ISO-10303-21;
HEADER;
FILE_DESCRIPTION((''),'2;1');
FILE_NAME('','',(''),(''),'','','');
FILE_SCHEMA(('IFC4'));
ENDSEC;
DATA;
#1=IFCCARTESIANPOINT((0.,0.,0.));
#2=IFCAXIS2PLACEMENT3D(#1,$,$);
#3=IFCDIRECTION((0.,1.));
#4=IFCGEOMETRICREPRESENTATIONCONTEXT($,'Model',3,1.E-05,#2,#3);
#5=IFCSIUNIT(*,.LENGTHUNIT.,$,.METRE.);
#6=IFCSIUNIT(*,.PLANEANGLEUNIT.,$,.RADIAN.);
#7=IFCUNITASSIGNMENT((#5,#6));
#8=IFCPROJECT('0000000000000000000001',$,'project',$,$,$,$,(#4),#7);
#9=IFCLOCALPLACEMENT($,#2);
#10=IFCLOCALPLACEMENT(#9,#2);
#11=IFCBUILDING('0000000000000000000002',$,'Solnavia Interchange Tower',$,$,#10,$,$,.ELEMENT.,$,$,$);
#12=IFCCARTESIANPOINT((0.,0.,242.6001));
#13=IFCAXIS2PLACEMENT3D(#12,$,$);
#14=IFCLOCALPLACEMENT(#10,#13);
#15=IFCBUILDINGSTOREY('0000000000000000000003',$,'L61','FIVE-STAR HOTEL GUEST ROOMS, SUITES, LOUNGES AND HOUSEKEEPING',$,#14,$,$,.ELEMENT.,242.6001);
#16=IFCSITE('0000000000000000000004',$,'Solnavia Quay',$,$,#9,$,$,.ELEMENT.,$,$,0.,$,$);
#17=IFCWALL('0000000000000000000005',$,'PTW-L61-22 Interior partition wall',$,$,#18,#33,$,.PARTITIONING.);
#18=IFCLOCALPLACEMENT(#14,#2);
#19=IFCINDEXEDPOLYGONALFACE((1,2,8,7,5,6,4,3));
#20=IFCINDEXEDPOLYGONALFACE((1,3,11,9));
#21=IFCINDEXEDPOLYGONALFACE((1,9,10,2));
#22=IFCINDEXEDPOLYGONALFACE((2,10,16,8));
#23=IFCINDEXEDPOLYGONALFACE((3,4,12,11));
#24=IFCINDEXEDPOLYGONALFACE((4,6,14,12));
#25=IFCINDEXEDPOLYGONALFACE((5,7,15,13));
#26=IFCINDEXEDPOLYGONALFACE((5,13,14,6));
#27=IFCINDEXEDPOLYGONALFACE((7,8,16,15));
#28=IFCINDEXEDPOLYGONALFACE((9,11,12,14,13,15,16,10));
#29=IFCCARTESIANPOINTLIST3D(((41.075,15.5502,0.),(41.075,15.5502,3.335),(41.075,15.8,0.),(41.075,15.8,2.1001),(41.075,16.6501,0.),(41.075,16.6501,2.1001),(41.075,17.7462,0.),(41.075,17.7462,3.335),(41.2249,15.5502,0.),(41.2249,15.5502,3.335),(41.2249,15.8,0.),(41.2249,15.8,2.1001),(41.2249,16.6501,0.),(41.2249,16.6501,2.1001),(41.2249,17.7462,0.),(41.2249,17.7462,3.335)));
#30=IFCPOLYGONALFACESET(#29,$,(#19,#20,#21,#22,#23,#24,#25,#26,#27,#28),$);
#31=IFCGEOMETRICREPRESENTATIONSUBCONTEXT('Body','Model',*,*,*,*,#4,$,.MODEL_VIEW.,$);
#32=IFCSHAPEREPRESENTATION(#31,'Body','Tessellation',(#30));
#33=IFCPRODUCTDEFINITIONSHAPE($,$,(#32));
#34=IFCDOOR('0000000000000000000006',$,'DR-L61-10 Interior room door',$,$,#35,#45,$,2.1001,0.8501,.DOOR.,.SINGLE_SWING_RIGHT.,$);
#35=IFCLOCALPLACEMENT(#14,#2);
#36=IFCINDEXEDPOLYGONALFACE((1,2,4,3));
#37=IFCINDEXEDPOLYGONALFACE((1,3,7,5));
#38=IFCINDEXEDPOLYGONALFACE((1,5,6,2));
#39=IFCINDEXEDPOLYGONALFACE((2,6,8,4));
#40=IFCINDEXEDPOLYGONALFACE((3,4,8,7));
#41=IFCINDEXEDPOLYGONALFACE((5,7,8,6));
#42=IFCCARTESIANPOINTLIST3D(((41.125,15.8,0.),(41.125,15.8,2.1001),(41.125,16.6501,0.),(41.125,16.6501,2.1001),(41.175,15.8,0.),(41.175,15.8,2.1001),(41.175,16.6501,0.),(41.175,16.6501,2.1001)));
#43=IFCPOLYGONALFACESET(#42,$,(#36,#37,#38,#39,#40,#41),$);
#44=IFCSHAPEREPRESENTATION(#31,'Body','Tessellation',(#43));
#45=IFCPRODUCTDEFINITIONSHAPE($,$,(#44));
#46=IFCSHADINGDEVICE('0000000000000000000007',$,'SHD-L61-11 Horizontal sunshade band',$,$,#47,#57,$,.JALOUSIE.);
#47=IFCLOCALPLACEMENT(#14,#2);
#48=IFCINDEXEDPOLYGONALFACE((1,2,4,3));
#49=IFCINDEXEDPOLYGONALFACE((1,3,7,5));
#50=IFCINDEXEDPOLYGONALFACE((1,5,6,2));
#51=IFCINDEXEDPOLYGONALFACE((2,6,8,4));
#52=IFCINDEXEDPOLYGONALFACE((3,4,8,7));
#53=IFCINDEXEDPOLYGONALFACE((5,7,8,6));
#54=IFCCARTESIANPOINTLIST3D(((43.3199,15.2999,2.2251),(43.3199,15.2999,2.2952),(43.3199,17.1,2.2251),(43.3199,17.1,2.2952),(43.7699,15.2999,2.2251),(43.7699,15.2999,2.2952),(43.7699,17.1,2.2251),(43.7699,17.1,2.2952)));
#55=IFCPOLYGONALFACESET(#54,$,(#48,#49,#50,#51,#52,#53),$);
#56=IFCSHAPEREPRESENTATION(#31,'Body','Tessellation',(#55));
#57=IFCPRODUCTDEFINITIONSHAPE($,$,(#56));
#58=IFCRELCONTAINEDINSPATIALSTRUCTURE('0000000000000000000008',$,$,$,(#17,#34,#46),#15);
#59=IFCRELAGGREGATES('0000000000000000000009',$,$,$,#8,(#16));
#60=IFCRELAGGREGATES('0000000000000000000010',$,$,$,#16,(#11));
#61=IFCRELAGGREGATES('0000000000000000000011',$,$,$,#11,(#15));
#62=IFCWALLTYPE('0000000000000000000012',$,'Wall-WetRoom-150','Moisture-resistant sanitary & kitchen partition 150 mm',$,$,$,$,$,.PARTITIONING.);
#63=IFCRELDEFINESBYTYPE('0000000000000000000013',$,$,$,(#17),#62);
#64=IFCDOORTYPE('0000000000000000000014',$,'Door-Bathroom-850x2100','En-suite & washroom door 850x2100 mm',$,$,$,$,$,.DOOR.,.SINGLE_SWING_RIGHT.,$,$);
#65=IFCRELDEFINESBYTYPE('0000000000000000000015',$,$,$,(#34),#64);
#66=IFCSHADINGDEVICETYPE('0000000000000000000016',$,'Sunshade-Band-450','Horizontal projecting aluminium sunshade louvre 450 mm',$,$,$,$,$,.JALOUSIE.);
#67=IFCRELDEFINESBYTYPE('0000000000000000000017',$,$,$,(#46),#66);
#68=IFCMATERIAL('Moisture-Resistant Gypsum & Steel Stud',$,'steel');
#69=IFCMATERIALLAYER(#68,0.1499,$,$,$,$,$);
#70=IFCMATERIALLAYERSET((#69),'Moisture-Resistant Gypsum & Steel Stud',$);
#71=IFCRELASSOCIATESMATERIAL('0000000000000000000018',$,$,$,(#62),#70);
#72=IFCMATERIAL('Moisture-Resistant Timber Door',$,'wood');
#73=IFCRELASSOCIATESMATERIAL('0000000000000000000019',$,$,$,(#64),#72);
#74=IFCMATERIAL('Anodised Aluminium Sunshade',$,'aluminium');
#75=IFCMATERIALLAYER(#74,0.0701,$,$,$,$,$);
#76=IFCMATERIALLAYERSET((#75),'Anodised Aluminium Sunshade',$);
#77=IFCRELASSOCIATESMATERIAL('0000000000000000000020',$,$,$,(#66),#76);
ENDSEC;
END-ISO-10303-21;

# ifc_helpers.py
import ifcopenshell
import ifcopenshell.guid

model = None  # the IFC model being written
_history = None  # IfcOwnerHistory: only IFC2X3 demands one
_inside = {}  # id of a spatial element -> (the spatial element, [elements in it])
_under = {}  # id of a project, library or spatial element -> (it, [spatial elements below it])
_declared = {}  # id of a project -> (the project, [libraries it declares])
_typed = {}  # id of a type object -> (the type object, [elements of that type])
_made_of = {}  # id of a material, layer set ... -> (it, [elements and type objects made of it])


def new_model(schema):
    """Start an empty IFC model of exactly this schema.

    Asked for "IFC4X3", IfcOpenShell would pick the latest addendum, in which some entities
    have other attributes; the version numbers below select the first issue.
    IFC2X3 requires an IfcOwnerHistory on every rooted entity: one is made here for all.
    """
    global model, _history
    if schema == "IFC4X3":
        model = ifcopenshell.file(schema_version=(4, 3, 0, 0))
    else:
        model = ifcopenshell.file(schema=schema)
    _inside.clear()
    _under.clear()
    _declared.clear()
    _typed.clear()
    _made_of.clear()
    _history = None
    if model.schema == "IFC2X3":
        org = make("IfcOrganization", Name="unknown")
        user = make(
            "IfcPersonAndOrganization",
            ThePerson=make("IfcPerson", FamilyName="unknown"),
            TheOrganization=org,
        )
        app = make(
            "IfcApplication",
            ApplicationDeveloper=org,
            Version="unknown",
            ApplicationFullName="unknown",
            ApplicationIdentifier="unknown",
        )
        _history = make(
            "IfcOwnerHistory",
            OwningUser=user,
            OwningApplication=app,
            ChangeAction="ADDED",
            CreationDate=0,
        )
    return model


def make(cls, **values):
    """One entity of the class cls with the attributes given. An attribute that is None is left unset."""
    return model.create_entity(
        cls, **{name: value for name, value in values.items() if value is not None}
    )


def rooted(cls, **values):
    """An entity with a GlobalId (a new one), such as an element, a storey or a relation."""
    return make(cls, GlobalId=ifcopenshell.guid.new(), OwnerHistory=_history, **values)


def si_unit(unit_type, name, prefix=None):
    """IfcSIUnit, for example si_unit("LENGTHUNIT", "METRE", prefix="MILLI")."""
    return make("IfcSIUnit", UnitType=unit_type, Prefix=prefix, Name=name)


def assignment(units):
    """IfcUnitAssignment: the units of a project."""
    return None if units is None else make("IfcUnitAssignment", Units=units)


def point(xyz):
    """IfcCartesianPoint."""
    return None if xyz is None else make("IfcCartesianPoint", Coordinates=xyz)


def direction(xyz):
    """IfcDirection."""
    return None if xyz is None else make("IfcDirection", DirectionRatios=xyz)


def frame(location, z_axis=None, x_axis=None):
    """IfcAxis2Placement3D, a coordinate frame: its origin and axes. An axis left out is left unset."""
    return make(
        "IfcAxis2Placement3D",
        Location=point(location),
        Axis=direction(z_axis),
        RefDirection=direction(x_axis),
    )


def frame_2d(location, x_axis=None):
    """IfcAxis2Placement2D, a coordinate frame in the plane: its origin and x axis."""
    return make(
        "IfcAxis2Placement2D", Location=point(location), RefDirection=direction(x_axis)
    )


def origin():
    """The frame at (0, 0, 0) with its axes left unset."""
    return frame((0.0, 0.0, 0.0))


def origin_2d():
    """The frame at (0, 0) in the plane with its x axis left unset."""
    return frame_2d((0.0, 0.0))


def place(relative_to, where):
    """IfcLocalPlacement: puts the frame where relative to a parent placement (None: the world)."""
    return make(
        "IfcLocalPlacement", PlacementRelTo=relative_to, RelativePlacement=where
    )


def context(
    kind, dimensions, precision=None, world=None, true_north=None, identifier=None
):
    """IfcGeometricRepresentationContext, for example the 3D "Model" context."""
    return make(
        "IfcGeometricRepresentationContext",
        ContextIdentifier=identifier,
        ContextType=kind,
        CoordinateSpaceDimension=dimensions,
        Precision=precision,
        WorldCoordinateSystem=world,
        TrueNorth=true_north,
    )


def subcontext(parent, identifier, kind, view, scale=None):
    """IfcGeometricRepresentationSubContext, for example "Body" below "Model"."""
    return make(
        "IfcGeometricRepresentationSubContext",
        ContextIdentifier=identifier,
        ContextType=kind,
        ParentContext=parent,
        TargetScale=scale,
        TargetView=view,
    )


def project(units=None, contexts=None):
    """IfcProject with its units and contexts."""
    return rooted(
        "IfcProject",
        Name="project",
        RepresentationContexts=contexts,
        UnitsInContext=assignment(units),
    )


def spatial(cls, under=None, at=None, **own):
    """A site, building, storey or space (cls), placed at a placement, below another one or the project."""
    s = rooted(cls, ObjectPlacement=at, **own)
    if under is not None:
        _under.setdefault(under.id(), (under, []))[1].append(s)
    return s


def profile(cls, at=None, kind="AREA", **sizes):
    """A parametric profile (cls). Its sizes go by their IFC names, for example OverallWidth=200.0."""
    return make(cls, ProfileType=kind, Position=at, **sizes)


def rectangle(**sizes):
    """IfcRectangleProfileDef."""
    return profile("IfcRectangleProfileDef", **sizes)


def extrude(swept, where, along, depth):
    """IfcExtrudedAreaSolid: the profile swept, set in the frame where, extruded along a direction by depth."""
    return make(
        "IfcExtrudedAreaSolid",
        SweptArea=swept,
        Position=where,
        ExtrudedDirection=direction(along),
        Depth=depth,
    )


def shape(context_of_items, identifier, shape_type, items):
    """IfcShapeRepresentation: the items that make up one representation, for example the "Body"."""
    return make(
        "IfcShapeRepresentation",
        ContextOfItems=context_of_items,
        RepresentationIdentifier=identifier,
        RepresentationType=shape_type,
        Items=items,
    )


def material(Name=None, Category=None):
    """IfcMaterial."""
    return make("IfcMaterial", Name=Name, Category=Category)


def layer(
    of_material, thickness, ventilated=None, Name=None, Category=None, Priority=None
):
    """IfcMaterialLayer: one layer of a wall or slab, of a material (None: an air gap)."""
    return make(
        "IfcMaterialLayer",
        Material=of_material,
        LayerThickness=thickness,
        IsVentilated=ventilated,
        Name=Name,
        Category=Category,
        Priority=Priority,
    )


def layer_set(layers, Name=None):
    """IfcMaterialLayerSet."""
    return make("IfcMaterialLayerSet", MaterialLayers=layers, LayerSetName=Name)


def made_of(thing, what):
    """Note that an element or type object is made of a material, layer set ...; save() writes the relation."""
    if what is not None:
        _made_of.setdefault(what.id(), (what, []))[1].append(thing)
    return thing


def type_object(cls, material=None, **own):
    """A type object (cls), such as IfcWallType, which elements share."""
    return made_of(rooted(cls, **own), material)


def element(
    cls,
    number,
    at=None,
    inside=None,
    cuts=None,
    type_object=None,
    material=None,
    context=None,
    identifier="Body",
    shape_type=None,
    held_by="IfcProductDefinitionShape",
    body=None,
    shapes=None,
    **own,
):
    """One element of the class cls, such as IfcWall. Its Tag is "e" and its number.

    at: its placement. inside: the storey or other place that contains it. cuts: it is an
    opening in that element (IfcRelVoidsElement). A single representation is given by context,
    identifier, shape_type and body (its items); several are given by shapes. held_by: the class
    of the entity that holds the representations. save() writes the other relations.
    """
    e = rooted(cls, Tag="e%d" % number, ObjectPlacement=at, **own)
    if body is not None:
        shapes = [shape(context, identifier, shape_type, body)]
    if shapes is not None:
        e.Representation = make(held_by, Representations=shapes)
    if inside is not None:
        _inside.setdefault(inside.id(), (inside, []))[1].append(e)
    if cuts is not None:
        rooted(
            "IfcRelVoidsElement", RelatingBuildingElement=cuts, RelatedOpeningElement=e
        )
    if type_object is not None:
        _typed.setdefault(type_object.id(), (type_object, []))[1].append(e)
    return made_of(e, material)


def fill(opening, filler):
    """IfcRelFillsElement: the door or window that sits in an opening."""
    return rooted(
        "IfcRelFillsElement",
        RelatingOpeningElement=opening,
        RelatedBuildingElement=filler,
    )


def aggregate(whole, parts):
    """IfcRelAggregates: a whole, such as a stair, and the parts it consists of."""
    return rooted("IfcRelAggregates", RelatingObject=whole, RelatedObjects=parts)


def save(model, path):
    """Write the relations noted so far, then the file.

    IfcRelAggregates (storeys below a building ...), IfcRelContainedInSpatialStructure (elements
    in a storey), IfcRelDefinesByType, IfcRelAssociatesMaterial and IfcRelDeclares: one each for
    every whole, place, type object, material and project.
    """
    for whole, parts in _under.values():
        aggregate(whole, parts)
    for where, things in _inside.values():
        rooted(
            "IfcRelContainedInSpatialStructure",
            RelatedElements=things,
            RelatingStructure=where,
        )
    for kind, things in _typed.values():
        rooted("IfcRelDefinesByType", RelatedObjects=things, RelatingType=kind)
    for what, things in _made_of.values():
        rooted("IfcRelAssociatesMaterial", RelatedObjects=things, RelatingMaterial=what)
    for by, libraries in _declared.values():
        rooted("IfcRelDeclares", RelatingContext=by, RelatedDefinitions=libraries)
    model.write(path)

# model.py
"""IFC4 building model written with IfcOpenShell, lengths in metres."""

from ifc_helpers import new_model, si_unit, direction, frame, frame_2d, origin, origin_2d, place, context, subcontext, project, spatial, rectangle, extrude, material, layer, layer_set, type_object, element, fill, save


model = new_model("IFC4")

# Units and contexts
model_context = context("Model", 3, precision=1e-05, world=origin(), true_north=direction((0.0, 1.0)))
body_context = subcontext(model_context, "Body", "Model", "MODEL_VIEW")
ifc_project = project(units=[si_unit("LENGTHUNIT", "METRE"), si_unit("PLANEANGLEUNIT", "RADIAN")], contexts=[model_context])

# Site, building, storey
site_placement = place(None, origin())
site = spatial("IfcSite", under=ifc_project, at=site_placement, Name="Solnavia Quay", CompositionType="ELEMENT", RefElevation=0.0)
building_placement = place(site_placement, origin())
building = spatial("IfcBuilding", under=site, at=building_placement, Name="Solnavia Interchange Tower", CompositionType="ELEMENT")
storey_placement = place(building_placement, frame((0.0, 0.0, 242.6001)))
storey = spatial("IfcBuildingStorey", under=building, at=storey_placement, Name="L61", Description="FIVE-STAR HOTEL GUEST ROOMS, SUITES, LOUNGES AND HOUSEKEEPING", CompositionType="ELEMENT", Elevation=242.6001)

# Shared definitions
ifc_material_1 = material(Name="Moisture-Resistant Gypsum & Steel Stud", Category="steel")
ifc_layer_1 = layer(ifc_material_1, 0.1499)
ifc_layer_set_1 = layer_set([ifc_layer_1], Name="Moisture-Resistant Gypsum & Steel Stud")
wall_type_1 = type_object("IfcWallType", Name="Wall-WetRoom-150", Description="Moisture-resistant sanitary & kitchen partition 150 mm", PredefinedType="PARTITIONING", material=ifc_layer_set_1)

# Shared definitions
ifc_material_2 = material(Name="Moisture-Resistant Timber Door", Category="wood")
door_type_1 = type_object("IfcDoorType", Name="Door-Bathroom-850x2100", Description="En-suite & washroom door 850x2100 mm", OperationType="SINGLE_SWING_RIGHT", PredefinedType="DOOR", material=ifc_material_2)

# Wall, opening, door
wall_1_placement = place(storey_placement, frame((41.1499, 15.55, 0.0), z_axis=(0.0, 0.0, 1.0), x_axis=(0.0, 1.0, 0.0)))
wall_1 = element("IfcWall", 1, at=wall_1_placement, inside=storey, type_object=wall_type_1, Name="PTW-L61-22 Interior partition wall", PredefinedType="PARTITIONING", context=body_context, shape_type="SweptSolid", body=[
    extrude(rectangle(XDim=2.196, YDim=0.1499, at=frame_2d((1.0981, 0.0))), origin(), (0.0, 0.0, 1.0), 3.335),
])
opening_1_placement = place(wall_1_placement, frame((0.25, 0.0, 0.0)))
opening_1 = element("IfcOpeningElement", 2, at=opening_1_placement, cuts=wall_1, PredefinedType="OPENING", context=body_context, shape_type="SweptSolid", body=[
    extrude(rectangle(XDim=0.8501, YDim=2.1001, at=frame_2d((0.425, 1.05))), frame((0.0, 0.085, 0.0), z_axis=(0.0, -1.0, 0.0), x_axis=(1.0, 0.0, 0.0)), (0.0, 0.0, 1.0), 0.1699),
])
door_1_placement = place(opening_1_placement, origin())
door_1 = element("IfcDoor", 3, at=door_1_placement, inside=storey, type_object=door_type_1, Name="DR-L61-10 Interior room door", OperationType="SINGLE_SWING_RIGHT", OverallHeight=2.1001, OverallWidth=0.8501, PredefinedType="DOOR", context=body_context, shape_type="SweptSolid", body=[
    extrude(rectangle(XDim=0.8501, YDim=2.1001, at=frame_2d((0.425, 1.05))), frame((0.0, 0.0249, 0.0), z_axis=(0.0, -1.0, 0.0), x_axis=(1.0, 0.0, 0.0)), (0.0, 0.0, 1.0), 0.05),
])
fill(opening_1, door_1)

# Shading device
ifc_material_3 = material(Name="Anodised Aluminium Sunshade", Category="aluminium")
ifc_layer_2 = layer(ifc_material_3, 0.0701)
ifc_layer_set_2 = layer_set([ifc_layer_2], Name="Anodised Aluminium Sunshade")
shading_device_type = type_object("IfcShadingDeviceType", Name="Sunshade-Band-450", Description="Horizontal projecting aluminium sunshade louvre 450 mm", PredefinedType="JALOUSIE", material=ifc_layer_set_2)
shading_device_placement = place(storey_placement, frame((43.5449, 16.2, 2.2251), z_axis=(0.0, 0.0, 1.0), x_axis=(0.0, -1.0, 0.0)))
element("IfcShadingDevice", 4, at=shading_device_placement, inside=storey, type_object=shading_device_type, Name="SHD-L61-11 Horizontal sunshade band", PredefinedType="JALOUSIE", context=body_context, shape_type="SweptSolid", body=[
    extrude(rectangle(XDim=1.8, YDim=0.45, at=origin_2d()), origin(), (0.0, 0.0, 1.0), 0.0701),
])

save(model, "model.ifc")
